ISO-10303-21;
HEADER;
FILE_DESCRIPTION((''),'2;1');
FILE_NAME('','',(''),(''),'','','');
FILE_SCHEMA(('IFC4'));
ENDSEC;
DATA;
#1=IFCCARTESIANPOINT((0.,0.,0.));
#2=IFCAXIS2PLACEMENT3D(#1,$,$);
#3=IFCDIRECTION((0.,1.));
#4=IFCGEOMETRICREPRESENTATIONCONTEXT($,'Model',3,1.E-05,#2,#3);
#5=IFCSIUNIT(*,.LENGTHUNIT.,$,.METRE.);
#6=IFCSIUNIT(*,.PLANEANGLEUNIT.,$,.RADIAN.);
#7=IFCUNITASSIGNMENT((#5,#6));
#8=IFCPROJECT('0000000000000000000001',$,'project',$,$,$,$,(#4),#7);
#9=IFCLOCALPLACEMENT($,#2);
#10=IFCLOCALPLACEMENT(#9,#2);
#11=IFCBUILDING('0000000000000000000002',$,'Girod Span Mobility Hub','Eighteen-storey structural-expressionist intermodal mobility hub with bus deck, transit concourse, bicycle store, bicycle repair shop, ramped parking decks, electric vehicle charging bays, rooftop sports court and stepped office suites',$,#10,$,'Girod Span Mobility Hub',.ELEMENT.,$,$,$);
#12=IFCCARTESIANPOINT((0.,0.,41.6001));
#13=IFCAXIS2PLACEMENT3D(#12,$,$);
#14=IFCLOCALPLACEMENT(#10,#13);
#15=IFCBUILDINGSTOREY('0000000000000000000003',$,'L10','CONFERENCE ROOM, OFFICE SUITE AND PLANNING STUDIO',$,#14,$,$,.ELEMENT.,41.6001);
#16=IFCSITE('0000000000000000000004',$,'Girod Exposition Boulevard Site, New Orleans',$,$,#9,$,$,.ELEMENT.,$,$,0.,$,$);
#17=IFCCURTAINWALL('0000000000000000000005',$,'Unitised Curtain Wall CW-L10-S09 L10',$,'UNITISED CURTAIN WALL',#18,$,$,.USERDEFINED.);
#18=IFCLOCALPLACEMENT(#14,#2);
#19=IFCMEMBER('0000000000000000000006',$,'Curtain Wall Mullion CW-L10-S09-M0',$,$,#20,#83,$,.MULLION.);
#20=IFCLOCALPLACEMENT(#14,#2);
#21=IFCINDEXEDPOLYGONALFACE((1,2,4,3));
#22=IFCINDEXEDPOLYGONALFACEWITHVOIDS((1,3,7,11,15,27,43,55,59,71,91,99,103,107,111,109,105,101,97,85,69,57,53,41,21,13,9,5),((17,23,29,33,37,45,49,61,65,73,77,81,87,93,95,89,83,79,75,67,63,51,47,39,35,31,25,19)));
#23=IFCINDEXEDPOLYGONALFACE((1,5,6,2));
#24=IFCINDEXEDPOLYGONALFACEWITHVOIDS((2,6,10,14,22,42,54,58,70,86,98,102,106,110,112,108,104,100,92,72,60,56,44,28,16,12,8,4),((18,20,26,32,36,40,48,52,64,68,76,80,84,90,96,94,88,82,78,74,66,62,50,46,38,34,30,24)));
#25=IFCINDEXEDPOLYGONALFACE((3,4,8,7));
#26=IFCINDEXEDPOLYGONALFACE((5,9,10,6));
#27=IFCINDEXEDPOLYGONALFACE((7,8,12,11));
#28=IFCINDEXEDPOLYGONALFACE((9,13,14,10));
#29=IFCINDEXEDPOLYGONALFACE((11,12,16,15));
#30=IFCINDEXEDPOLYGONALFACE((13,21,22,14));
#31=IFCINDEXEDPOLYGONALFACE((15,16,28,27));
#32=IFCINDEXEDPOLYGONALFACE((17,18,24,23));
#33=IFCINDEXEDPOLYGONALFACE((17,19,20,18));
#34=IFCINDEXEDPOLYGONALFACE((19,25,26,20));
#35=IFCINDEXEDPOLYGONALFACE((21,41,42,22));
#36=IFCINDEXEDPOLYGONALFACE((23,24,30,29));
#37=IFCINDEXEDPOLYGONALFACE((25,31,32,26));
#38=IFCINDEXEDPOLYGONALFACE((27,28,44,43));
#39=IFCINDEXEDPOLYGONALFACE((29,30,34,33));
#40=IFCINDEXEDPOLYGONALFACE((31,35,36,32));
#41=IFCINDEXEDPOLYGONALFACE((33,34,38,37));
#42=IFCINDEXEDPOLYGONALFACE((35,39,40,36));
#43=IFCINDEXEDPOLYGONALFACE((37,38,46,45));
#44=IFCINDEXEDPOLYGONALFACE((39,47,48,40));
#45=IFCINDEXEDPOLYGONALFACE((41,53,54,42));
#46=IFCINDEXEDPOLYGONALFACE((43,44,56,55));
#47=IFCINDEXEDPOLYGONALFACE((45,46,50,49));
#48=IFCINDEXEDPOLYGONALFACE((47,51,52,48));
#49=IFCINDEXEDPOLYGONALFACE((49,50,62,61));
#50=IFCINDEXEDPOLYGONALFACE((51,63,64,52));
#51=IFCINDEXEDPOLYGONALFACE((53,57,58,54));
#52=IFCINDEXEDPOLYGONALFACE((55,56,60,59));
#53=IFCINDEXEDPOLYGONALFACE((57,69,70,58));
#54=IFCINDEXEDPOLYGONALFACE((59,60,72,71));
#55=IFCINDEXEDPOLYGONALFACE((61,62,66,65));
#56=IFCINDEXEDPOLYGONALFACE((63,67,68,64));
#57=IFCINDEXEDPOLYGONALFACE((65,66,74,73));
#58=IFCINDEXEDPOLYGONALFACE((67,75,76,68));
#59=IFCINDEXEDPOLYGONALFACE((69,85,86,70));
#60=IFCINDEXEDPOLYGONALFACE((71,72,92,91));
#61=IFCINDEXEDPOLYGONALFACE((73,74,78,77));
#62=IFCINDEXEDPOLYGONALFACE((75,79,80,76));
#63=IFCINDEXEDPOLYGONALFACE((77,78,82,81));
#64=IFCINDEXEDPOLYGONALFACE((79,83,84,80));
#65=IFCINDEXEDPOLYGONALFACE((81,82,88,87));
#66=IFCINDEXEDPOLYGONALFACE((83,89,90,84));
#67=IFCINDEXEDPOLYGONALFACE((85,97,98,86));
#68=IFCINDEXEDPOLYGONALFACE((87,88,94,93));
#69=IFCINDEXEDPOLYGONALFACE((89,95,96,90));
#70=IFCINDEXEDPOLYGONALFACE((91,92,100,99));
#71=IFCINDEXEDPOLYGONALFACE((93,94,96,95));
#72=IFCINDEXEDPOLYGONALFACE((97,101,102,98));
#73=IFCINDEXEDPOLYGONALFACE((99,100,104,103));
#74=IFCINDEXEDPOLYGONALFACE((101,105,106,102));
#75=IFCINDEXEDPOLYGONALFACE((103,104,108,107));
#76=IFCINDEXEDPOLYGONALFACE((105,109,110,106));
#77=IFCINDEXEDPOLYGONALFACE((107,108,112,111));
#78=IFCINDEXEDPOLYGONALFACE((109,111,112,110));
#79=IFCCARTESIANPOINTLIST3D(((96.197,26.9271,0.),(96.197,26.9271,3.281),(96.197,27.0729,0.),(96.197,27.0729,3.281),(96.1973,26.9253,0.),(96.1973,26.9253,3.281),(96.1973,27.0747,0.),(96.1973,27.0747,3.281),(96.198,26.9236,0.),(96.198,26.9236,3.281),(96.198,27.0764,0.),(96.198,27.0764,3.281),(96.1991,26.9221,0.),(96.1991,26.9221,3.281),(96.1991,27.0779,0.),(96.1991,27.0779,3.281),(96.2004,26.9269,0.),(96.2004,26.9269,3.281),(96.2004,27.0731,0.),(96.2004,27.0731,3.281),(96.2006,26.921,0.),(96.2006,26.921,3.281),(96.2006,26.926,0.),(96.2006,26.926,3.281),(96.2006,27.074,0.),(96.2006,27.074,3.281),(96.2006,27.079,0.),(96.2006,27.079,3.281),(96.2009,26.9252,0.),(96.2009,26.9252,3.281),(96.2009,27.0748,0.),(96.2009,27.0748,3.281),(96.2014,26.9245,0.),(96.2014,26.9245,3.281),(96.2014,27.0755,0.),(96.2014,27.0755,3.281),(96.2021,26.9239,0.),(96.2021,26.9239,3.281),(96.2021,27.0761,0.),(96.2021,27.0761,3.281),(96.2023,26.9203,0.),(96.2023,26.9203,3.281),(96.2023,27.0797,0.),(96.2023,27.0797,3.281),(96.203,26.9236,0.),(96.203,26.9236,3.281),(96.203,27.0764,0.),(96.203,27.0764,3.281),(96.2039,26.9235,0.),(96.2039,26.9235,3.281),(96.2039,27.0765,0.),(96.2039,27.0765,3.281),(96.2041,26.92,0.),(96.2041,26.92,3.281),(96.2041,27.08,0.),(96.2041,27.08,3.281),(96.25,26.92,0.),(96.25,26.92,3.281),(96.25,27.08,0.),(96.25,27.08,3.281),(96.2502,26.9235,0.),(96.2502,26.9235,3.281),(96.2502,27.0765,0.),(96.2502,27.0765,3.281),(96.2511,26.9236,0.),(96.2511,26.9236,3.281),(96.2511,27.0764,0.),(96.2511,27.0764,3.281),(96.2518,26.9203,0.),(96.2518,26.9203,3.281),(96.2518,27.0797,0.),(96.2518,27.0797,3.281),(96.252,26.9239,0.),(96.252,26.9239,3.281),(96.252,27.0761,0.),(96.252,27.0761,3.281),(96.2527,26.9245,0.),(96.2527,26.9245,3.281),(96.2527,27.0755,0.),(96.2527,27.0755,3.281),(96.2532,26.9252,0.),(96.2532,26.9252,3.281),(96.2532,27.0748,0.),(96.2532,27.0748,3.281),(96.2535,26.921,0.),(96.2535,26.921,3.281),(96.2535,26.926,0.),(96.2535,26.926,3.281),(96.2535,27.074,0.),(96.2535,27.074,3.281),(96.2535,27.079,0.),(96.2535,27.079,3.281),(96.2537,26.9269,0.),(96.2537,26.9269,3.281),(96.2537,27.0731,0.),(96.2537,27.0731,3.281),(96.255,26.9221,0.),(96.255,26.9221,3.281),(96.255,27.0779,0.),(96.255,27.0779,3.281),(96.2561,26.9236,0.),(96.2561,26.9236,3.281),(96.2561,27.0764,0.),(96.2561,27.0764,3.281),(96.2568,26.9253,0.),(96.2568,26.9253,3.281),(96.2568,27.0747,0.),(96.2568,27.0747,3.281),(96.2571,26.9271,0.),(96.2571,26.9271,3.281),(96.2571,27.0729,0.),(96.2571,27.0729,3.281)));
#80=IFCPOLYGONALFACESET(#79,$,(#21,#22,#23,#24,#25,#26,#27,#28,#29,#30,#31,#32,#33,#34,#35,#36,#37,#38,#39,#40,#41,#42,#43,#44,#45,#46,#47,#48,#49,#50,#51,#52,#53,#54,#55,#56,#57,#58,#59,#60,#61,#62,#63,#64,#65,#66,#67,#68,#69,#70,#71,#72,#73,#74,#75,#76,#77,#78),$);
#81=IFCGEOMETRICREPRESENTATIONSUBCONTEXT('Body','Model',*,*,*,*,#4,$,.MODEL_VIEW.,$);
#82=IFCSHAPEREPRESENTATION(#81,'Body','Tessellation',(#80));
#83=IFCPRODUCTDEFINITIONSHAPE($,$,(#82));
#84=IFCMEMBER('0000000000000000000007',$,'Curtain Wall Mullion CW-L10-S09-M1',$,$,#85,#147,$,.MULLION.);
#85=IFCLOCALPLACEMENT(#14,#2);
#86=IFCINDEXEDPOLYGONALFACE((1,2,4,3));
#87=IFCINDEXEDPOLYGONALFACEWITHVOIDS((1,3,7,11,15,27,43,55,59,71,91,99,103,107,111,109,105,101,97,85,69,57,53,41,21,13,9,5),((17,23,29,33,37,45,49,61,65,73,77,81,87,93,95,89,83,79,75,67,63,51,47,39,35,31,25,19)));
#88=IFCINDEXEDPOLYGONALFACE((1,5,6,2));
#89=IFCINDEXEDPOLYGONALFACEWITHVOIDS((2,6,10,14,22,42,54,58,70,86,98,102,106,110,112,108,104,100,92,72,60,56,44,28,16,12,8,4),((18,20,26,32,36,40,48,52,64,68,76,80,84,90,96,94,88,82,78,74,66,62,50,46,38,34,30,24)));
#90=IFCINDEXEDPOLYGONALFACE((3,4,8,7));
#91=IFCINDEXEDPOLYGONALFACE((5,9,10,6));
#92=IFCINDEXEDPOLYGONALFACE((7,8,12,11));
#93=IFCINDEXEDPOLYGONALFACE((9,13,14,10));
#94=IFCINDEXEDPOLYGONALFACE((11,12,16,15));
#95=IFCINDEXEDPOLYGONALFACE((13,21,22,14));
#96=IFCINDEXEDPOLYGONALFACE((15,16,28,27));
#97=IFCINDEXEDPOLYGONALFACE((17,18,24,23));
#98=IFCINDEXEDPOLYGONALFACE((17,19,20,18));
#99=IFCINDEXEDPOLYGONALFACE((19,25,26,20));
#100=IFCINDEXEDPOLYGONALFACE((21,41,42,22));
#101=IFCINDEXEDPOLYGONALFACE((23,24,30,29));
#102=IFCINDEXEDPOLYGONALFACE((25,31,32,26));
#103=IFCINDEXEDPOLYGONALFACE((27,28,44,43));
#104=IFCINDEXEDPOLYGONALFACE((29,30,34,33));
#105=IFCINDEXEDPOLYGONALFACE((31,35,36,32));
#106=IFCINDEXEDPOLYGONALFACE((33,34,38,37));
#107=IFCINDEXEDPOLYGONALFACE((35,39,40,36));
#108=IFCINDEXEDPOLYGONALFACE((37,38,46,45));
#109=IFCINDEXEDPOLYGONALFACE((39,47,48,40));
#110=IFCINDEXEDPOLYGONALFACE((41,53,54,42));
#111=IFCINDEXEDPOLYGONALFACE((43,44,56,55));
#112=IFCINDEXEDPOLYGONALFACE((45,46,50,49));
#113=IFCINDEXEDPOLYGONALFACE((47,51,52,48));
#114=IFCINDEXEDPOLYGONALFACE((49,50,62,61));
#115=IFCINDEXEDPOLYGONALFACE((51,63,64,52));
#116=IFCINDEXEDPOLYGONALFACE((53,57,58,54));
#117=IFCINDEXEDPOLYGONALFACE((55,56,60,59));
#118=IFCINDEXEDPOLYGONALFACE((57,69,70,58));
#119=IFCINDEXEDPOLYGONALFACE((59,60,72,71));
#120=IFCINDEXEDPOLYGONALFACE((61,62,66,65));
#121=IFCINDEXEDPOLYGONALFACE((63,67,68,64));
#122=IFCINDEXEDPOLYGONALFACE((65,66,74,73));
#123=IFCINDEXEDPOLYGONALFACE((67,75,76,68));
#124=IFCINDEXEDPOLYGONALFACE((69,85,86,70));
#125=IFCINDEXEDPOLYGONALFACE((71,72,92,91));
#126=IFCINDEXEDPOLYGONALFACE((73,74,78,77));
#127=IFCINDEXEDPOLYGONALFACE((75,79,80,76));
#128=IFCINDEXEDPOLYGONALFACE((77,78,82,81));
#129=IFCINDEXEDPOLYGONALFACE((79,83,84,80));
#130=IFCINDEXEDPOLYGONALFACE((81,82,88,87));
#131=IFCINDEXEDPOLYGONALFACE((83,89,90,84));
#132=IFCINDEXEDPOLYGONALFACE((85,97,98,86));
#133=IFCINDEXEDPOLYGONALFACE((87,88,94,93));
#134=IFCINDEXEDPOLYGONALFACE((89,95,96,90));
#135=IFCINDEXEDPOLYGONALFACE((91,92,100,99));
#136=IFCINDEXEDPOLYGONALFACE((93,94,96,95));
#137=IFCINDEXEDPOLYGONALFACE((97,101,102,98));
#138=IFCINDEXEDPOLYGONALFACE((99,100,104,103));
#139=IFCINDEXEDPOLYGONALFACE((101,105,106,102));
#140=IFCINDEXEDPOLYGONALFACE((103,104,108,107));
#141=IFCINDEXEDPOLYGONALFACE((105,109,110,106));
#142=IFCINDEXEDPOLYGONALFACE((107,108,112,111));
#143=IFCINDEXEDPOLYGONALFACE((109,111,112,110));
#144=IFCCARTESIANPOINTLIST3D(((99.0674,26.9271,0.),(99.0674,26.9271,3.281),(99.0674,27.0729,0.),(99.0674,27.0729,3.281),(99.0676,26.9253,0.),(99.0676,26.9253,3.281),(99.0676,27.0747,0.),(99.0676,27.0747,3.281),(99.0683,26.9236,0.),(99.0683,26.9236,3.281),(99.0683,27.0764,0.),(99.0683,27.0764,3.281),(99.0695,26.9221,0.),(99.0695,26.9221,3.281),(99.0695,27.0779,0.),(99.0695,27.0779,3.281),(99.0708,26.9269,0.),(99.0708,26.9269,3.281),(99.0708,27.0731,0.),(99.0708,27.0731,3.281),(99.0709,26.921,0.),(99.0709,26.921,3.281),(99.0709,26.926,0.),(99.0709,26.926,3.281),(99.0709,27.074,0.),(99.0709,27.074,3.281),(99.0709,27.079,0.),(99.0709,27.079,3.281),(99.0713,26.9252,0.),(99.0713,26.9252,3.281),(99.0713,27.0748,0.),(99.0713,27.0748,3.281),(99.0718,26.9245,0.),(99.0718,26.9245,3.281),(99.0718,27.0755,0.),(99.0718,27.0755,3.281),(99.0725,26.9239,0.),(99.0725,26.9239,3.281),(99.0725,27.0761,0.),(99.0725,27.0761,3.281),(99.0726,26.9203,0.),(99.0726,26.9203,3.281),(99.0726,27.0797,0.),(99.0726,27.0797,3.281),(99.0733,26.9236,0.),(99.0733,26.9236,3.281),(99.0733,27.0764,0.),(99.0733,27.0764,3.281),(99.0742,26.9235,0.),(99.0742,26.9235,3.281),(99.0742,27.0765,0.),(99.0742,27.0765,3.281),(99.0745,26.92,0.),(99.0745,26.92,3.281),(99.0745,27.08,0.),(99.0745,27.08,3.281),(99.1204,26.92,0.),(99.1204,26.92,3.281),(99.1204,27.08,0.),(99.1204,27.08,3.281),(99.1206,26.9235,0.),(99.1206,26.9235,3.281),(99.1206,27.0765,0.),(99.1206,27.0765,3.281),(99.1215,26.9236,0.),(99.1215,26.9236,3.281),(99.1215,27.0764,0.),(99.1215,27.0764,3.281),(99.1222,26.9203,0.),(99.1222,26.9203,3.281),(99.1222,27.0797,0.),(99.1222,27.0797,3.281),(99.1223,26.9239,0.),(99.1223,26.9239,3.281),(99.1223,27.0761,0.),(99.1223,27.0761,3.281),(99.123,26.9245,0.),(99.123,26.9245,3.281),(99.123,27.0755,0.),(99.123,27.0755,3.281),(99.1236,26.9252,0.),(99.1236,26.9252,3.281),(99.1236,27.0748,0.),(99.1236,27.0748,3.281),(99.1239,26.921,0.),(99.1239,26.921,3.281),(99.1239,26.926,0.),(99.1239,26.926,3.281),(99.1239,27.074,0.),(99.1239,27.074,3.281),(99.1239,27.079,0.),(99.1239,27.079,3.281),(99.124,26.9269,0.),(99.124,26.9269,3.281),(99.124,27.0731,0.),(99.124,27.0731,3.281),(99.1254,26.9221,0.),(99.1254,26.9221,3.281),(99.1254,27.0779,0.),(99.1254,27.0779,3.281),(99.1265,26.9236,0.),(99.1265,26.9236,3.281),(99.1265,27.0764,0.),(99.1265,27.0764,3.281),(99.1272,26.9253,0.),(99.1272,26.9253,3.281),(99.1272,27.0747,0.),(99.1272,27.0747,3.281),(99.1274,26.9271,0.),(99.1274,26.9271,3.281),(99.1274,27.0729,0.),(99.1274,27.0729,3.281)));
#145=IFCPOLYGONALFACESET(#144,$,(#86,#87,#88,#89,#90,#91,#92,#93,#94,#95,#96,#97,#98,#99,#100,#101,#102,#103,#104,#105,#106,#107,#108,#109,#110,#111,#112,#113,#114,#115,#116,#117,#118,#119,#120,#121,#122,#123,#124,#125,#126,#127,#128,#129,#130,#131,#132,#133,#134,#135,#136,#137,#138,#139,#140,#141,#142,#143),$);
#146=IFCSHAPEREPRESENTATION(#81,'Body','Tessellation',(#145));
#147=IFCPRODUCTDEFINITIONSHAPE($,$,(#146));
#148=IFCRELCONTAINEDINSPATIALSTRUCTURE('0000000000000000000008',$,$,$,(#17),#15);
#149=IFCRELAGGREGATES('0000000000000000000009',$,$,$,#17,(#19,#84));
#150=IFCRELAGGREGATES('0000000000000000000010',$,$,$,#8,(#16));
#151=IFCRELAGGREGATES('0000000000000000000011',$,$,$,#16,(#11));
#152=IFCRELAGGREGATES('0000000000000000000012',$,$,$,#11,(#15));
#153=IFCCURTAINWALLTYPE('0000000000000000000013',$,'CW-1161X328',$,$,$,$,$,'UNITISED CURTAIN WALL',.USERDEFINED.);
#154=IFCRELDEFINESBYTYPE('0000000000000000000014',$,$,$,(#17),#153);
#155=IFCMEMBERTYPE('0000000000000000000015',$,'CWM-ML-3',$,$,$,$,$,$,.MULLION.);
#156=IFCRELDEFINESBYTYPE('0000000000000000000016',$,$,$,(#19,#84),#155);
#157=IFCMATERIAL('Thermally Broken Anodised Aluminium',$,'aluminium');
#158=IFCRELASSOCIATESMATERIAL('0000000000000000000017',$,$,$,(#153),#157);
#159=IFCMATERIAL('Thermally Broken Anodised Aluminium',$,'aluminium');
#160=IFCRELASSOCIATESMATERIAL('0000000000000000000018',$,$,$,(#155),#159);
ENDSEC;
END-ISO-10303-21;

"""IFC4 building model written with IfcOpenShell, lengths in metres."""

from ifc_helpers import new_model, si_unit, direction, frame, origin, origin_2d, place, context, subcontext, project, spatial, hollow_rectangle, extrude, material, material_profile, profile_set, type_object, element, aggregate, save


model = new_model("IFC4")

# Units and contexts
model_context = context("Model", 3, precision=1e-05, world=origin(), true_north=direction((0.0, 1.0)))
body_context = subcontext(model_context, "Body", "Model", "MODEL_VIEW")
ifc_project = project(units=[si_unit("LENGTHUNIT", "METRE"), si_unit("PLANEANGLEUNIT", "RADIAN")], contexts=[model_context])

# Site, building, storey
site_placement = place(None, origin())
site = spatial("IfcSite", under=ifc_project, at=site_placement, Name="Girod Exposition Boulevard Site, New Orleans", CompositionType="ELEMENT", RefElevation=0.0)
building_placement = place(site_placement, origin())
building = spatial("IfcBuilding", under=site, at=building_placement, Name="Girod Span Mobility Hub", Description="Eighteen-storey structural-expressionist intermodal mobility hub with bus deck, transit concourse, bicycle store, bicycle repair shop, ramped parking decks, electric vehicle charging bays, rooftop sports court and stepped office suites", LongName="Girod Span Mobility Hub", CompositionType="ELEMENT")
storey_placement = place(building_placement, frame((0.0, 0.0, 41.6001)))
storey = spatial("IfcBuildingStorey", under=building, at=storey_placement, Name="L10", Description="CONFERENCE ROOM, OFFICE SUITE AND PLANNING STUDIO", CompositionType="ELEMENT", Elevation=41.6001)

# Curtain wall, members
ifc_material_1 = material(Name="Thermally Broken Anodised Aluminium", Category="aluminium")
curtain_wall_type = type_object("IfcCurtainWallType", Name="CW-1161X328", ElementType="UNITISED CURTAIN WALL", PredefinedType="USERDEFINED", material=ifc_material_1)
curtain_wall_1_placement = place(storey_placement, origin())
curtain_wall_1 = element("IfcCurtainWall", 1, at=curtain_wall_1_placement, inside=storey, type_object=curtain_wall_type, Name="Unitised Curtain Wall CW-L10-S09 L10", ObjectType="UNITISED CURTAIN WALL", PredefinedType="USERDEFINED")
ifc_material_2 = material(Name="Thermally Broken Anodised Aluminium", Category="aluminium")
ifc_material_profile_1 = material_profile(ifc_material_2, hollow_rectangle(XDim=0.1599, YDim=0.0601, WallThickness=0.0034, InnerFilletRadius=0.0034, OuterFilletRadius=0.0071, at=origin_2d()), Name="CW-ML-60X160")
ifc_profile_set_1 = profile_set([ifc_material_profile_1], Name="Thermally Broken Anodised Aluminium")
member_type_1 = type_object("IfcMemberType", Name="CWM-ML-3", PredefinedType="MULLION", material=ifc_profile_set_1)
member_1_placement = place(storey_placement, frame((96.2271, 27.0, 0.0), z_axis=(0.0, 0.0, 1.0), x_axis=(0.0, 1.0, 0.0)))
member_1 = element("IfcMember", 2, at=member_1_placement, type_object=member_type_1, Name="Curtain Wall Mullion CW-L10-S09-M0", PredefinedType="MULLION", context=body_context, shape_type="SweptSolid", body=[
    extrude(hollow_rectangle(XDim=0.1599, YDim=0.0601, WallThickness=0.0034, InnerFilletRadius=0.0034, OuterFilletRadius=0.0071, at=origin_2d()), origin(), (0.0, 0.0, 1.0), 3.281),
])
member_2_placement = place(storey_placement, frame((99.0974, 27.0, 0.0), z_axis=(0.0, 0.0, 1.0), x_axis=(0.0, 1.0, 0.0)))
member_2 = element("IfcMember", 3, at=member_2_placement, type_object=member_type_1, Name="Curtain Wall Mullion CW-L10-S09-M1", PredefinedType="MULLION", context=body_context, shape_type="SweptSolid", body=[
    extrude(hollow_rectangle(XDim=0.1599, YDim=0.0601, WallThickness=0.0034, InnerFilletRadius=0.0034, OuterFilletRadius=0.0071, at=origin_2d()), origin(), (0.0, 0.0, 1.0), 3.281),
])

aggregate(curtain_wall_1, [member_1, member_2])

save(model, "model.ifc")
